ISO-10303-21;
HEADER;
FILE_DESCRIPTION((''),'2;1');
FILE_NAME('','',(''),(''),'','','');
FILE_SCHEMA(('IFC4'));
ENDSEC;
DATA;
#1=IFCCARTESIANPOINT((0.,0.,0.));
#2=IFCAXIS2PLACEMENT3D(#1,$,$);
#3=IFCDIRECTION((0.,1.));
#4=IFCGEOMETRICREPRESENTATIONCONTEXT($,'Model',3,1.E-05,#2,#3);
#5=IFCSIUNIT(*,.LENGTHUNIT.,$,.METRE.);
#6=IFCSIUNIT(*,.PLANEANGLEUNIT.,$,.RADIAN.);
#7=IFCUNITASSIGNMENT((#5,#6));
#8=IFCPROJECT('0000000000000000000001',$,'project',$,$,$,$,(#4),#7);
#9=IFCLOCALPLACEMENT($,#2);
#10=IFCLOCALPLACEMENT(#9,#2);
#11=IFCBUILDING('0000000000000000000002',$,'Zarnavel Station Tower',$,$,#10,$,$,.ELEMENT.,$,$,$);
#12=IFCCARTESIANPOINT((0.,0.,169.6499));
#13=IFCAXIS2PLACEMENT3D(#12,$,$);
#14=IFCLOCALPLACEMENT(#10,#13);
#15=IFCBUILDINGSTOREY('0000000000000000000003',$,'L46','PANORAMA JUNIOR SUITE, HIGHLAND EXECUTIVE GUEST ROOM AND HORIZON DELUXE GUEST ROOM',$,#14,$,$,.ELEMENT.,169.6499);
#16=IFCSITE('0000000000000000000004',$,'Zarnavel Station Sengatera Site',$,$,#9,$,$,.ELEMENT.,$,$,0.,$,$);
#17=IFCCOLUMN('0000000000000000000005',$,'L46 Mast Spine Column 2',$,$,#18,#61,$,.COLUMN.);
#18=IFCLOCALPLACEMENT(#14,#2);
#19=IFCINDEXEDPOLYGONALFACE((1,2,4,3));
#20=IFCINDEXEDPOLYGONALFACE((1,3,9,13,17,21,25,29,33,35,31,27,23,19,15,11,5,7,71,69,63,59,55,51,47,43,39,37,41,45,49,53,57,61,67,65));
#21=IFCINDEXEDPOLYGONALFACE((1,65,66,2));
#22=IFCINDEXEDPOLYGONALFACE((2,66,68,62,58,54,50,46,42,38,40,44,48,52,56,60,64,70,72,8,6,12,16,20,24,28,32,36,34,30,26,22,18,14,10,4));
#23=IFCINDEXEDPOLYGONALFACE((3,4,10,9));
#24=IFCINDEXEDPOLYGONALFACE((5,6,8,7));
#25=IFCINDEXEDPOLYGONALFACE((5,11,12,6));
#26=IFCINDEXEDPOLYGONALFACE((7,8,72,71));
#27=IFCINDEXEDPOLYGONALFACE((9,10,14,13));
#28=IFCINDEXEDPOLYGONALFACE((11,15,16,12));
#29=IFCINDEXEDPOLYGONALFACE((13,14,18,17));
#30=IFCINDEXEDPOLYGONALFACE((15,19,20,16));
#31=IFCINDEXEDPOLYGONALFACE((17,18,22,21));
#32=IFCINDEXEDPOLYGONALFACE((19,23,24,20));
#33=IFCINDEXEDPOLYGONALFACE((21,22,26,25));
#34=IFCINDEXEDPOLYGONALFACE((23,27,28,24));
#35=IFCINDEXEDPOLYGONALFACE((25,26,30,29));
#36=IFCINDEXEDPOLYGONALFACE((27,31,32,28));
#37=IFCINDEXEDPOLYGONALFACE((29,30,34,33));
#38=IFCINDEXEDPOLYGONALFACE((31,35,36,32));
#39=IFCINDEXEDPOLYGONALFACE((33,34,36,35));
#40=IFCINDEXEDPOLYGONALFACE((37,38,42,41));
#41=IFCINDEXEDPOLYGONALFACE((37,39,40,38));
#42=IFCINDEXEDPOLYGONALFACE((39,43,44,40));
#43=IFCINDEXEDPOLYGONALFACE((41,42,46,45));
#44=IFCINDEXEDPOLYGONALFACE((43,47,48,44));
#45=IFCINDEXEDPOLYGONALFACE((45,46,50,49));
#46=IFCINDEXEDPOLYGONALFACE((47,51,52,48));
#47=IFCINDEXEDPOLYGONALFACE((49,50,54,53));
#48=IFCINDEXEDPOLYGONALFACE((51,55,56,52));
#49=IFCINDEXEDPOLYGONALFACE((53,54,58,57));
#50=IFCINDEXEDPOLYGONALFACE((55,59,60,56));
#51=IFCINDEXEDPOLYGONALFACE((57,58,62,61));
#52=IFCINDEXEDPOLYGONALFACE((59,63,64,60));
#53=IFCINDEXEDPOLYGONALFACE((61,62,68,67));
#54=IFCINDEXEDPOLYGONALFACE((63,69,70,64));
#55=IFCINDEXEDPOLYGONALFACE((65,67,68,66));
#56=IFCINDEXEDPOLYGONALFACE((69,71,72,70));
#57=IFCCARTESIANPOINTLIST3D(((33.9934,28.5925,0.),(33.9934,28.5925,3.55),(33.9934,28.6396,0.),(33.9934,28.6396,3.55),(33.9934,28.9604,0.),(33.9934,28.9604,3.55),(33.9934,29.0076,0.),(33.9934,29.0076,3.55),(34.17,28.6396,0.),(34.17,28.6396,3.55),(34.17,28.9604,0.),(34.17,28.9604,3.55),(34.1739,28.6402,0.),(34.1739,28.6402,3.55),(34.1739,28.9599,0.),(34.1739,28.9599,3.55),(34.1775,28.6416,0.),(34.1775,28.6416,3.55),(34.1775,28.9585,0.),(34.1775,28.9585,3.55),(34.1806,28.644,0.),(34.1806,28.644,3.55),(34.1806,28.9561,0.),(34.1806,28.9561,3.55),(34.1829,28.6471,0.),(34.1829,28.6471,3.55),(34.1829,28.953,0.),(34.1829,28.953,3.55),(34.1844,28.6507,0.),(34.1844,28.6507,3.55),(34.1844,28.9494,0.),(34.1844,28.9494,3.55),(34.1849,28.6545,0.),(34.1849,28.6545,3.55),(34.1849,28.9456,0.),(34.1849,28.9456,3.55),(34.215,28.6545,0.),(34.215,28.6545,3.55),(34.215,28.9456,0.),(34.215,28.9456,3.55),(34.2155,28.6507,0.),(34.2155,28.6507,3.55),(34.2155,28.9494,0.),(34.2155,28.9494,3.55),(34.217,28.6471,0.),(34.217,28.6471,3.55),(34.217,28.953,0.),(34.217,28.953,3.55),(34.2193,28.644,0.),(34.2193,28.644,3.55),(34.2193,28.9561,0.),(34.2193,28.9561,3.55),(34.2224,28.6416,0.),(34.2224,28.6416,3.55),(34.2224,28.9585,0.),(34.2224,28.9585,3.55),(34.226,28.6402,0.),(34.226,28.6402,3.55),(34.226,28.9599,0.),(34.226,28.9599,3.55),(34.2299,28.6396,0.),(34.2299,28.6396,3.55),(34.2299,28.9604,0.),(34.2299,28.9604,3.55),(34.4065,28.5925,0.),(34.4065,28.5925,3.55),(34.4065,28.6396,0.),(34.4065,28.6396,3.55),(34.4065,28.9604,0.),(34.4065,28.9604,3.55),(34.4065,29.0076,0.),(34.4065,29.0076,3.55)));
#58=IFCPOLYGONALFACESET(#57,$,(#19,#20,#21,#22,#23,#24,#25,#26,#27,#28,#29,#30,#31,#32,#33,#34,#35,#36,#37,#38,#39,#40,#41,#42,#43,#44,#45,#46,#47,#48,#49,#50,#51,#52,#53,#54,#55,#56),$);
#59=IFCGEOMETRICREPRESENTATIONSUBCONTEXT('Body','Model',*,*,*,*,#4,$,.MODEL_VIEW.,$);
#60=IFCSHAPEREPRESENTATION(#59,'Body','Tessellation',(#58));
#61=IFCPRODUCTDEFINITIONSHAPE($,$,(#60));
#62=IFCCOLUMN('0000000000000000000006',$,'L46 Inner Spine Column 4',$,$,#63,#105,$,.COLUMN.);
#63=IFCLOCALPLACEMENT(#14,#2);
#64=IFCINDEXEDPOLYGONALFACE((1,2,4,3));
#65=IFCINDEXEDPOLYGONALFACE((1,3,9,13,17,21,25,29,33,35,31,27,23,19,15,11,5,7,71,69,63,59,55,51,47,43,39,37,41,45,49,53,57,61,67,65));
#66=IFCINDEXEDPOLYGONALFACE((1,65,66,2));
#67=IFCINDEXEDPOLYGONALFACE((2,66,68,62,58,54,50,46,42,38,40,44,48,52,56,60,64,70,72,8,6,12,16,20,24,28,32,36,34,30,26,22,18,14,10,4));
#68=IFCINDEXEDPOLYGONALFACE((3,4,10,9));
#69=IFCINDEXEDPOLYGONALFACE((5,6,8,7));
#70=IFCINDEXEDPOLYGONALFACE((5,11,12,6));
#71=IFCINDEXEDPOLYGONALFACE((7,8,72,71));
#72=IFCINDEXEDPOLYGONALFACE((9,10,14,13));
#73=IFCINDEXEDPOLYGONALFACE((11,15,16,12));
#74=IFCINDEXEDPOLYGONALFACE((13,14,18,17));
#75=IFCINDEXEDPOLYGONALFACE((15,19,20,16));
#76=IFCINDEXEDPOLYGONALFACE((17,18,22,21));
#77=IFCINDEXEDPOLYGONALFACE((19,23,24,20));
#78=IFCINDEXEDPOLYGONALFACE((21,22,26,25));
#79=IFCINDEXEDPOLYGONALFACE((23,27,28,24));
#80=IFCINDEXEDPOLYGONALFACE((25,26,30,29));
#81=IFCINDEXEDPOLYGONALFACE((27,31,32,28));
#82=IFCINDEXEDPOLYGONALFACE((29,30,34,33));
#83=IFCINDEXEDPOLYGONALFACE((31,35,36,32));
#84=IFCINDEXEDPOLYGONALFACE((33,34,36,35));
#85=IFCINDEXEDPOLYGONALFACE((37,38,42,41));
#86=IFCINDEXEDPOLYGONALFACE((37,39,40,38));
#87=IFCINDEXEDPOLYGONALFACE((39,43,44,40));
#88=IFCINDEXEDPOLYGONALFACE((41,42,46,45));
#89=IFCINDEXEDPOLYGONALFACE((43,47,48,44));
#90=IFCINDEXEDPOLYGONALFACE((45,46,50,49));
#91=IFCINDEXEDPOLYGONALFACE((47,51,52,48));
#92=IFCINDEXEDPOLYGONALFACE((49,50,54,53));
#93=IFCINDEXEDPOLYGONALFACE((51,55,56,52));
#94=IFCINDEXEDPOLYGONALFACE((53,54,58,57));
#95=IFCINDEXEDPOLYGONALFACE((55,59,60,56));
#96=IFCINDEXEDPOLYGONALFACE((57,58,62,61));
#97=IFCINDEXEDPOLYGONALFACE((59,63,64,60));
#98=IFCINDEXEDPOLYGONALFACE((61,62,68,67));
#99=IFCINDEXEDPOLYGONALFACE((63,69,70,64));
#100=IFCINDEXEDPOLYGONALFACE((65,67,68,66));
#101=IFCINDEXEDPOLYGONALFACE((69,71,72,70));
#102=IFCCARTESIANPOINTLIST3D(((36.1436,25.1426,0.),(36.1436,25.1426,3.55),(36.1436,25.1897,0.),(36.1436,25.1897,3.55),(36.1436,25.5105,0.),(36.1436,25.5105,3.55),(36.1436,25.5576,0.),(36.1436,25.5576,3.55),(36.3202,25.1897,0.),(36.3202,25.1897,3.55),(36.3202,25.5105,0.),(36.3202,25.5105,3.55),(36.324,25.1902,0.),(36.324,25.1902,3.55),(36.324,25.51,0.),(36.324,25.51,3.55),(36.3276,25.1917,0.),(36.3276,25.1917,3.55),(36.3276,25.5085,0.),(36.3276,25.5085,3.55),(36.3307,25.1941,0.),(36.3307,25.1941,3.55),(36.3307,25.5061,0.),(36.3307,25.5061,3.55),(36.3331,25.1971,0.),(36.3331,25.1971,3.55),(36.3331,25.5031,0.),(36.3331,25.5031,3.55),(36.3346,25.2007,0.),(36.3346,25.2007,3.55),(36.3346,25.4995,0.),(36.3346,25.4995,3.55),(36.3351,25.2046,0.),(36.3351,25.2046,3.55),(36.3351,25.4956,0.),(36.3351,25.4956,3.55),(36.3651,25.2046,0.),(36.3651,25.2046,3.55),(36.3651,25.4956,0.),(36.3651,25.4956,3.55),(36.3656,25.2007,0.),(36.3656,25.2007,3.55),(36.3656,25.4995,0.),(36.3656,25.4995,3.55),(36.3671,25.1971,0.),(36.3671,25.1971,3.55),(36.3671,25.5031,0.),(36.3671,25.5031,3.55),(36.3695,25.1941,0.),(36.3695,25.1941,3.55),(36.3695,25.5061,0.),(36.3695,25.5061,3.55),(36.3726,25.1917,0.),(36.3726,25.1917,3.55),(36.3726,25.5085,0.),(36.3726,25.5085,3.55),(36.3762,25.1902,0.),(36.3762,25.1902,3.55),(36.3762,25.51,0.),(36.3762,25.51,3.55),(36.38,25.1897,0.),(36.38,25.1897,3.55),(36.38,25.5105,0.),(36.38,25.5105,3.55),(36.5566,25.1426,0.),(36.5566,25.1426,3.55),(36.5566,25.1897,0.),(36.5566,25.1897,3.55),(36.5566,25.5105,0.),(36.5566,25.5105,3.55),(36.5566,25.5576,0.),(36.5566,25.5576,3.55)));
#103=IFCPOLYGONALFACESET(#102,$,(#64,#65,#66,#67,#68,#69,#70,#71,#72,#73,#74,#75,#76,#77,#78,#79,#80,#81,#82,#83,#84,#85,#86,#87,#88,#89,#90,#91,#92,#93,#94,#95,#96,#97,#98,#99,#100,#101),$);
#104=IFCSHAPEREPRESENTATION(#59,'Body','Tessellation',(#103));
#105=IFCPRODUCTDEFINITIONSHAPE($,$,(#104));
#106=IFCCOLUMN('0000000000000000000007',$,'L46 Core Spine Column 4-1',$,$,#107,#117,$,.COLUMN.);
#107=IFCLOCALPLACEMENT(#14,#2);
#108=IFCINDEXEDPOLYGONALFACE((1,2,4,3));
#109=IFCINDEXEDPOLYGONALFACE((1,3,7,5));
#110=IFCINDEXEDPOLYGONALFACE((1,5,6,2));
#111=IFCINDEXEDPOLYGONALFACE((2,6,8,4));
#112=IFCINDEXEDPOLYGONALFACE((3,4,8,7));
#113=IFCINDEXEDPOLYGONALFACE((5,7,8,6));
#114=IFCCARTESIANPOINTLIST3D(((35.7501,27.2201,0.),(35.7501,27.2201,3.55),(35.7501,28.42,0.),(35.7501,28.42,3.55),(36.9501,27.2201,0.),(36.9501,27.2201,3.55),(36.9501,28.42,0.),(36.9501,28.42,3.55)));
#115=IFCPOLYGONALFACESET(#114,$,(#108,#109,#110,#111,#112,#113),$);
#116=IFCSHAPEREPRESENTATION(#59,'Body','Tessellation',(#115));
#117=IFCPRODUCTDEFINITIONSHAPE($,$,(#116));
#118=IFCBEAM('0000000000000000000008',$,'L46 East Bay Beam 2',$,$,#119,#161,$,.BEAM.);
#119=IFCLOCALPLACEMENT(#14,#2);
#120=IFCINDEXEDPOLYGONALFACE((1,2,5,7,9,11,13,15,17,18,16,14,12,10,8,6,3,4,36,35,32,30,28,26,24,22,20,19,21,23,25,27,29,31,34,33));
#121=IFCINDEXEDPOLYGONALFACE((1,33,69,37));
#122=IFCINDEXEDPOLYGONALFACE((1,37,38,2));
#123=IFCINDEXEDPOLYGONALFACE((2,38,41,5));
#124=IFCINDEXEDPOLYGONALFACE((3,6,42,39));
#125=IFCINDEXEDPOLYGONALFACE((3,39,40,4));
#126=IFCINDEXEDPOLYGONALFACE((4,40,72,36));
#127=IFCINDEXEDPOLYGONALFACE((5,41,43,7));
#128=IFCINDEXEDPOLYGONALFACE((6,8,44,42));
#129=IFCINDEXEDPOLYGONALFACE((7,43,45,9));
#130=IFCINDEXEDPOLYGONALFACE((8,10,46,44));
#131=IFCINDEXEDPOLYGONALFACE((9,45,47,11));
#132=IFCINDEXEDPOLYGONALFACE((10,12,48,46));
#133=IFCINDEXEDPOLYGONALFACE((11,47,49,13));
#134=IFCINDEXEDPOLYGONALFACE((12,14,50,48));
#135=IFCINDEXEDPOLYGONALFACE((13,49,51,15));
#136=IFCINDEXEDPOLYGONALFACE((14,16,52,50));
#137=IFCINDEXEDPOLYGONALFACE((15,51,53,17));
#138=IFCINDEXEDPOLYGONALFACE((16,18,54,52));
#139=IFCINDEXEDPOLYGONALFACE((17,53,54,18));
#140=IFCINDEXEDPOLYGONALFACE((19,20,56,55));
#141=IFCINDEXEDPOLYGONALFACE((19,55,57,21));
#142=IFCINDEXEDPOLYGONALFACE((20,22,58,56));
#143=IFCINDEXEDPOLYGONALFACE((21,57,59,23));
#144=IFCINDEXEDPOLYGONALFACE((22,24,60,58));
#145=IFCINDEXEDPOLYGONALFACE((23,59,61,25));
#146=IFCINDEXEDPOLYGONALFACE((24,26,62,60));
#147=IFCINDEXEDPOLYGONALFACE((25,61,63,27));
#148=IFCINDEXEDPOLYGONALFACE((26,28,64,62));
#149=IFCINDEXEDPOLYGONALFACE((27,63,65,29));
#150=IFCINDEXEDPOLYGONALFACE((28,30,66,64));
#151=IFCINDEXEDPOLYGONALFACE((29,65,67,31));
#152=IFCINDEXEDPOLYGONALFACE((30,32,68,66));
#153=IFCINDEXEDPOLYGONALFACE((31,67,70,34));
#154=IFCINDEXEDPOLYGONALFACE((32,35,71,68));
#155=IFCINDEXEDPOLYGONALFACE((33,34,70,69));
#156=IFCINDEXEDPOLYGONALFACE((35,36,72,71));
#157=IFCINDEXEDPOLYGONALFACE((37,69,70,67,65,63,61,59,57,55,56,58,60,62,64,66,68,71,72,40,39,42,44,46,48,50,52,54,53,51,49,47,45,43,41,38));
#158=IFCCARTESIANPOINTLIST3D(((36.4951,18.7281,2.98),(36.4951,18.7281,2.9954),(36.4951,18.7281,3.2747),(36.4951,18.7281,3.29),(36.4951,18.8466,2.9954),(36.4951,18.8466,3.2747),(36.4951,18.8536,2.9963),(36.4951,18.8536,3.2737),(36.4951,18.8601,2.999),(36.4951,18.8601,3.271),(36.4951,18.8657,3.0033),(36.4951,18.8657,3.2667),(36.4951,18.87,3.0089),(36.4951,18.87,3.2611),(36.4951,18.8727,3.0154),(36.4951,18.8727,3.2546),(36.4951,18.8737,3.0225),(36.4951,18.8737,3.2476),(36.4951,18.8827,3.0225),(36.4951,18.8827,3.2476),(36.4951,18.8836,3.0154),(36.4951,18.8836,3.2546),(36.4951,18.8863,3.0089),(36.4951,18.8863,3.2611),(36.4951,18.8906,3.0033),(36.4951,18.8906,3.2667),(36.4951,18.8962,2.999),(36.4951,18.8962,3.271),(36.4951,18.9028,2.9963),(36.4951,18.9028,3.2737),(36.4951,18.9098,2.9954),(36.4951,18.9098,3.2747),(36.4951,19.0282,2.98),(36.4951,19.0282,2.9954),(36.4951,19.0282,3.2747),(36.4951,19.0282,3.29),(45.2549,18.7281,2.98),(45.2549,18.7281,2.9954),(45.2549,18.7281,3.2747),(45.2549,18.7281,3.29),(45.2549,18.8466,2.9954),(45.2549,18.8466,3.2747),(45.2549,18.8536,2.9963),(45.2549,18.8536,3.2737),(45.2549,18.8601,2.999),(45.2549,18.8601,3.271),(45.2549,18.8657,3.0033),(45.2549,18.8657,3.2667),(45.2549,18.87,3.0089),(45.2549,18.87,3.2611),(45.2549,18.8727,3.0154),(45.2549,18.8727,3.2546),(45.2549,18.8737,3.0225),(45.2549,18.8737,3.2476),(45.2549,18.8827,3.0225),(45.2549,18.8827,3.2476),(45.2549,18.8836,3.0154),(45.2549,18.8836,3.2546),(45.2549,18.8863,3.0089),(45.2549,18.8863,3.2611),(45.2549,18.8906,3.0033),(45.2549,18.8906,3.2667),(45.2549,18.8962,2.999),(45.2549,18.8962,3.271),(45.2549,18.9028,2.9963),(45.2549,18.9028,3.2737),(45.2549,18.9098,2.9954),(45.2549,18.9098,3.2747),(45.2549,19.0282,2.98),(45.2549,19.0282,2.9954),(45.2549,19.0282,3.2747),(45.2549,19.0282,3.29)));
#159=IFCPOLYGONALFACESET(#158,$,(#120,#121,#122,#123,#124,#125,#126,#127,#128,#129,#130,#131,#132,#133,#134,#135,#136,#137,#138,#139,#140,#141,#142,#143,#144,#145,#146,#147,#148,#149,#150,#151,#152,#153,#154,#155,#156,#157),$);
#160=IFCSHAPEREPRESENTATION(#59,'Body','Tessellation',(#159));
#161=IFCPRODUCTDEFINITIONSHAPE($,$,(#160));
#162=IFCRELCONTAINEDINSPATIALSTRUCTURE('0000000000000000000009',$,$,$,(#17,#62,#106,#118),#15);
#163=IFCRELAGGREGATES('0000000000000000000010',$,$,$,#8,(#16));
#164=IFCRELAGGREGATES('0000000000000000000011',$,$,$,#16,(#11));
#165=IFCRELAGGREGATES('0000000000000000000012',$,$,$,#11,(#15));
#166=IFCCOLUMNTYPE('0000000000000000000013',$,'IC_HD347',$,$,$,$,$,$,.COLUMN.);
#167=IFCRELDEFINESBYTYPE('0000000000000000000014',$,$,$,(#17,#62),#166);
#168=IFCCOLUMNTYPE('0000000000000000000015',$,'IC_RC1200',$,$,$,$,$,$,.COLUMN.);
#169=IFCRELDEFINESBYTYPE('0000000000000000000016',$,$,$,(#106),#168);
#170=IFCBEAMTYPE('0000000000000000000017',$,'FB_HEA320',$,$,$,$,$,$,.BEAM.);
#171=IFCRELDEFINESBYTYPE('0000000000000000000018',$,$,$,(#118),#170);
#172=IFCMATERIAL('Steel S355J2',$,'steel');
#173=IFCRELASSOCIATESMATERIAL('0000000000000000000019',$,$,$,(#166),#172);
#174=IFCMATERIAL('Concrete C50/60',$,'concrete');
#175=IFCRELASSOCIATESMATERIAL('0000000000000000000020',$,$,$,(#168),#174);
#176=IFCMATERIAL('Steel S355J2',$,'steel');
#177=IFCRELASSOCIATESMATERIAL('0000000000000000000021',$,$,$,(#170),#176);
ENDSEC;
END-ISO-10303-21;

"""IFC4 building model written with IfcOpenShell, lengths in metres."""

from ifc_helpers import new_model, si_unit, direction, frame, origin, origin_2d, place, context, subcontext, project, spatial, rectangle, i_section, extrude, material, material_profile, profile_set, type_object, element, save


model = new_model("IFC4")

# Units and contexts
model_context = context("Model", 3, precision=1e-05, world=origin(), true_north=direction((0.0, 1.0)))
body_context = subcontext(model_context, "Body", "Model", "MODEL_VIEW")
ifc_project = project(units=[si_unit("LENGTHUNIT", "METRE"), si_unit("PLANEANGLEUNIT", "RADIAN")], contexts=[model_context])

# Site, building, storey
site_placement = place(None, origin())
site = spatial("IfcSite", under=ifc_project, at=site_placement, Name="Zarnavel Station Sengatera Site", CompositionType="ELEMENT", RefElevation=0.0)
building_placement = place(site_placement, origin())
building = spatial("IfcBuilding", under=site, at=building_placement, Name="Zarnavel Station Tower", CompositionType="ELEMENT")
storey_placement = place(building_placement, frame((0.0, 0.0, 169.6499)))
storey = spatial("IfcBuildingStorey", under=building, at=storey_placement, Name="L46", Description="PANORAMA JUNIOR SUITE, HIGHLAND EXECUTIVE GUEST ROOM AND HORIZON DELUXE GUEST ROOM", CompositionType="ELEMENT", Elevation=169.6499)

# Columns
ifc_material_1 = material(Name="Steel S355J2", Category="steel")
ifc_material_profile_1 = material_profile(ifc_material_1, i_section(OverallWidth=0.4131, OverallDepth=0.415, WebThickness=0.03, FlangeThickness=0.0471, FilletRadius=0.0149, at=origin_2d()), Name="HD400x347")
ifc_profile_set_1 = profile_set([ifc_material_profile_1], Name="Steel S355J2")
column_type_1 = type_object("IfcColumnType", Name="IC_HD347", PredefinedType="COLUMN", material=ifc_profile_set_1)
for number, where, z_axis, x_axis, name in (
    (1, (34.2, 28.8, 0.0), (0.0, 0.0, 1.0), (1.0, 0.0, 0.0), "L46 Mast Spine Column 2"),
    (2, (36.3501, 25.3501, 0.0), (0.0, 0.0, 1.0), (1.0, 0.0, 0.0), "L46 Inner Spine Column 4"),
):
    element("IfcColumn", number, at=place(storey_placement, frame(where, z_axis=z_axis, x_axis=x_axis)), inside=storey, type_object=column_type_1, Name=name, PredefinedType="COLUMN", context=body_context, shape_type="SweptSolid", body=[
        extrude(i_section(OverallWidth=0.4131, OverallDepth=0.415, WebThickness=0.03, FlangeThickness=0.0471, FilletRadius=0.0149, at=origin_2d()), origin(), (0.0, 0.0, 1.0), 3.55),
    ])
ifc_material_2 = material(Name="Concrete C50/60", Category="concrete")
ifc_material_profile_2 = material_profile(ifc_material_2, rectangle(XDim=1.2, YDim=1.2, at=origin_2d()), Name="RC1200x1200")
ifc_profile_set_2 = profile_set([ifc_material_profile_2], Name="Concrete C50/60")
column_type_2 = type_object("IfcColumnType", Name="IC_RC1200", PredefinedType="COLUMN", material=ifc_profile_set_2)
column_placement = place(storey_placement, frame((36.3501, 27.8201, 0.0), z_axis=(0.0, 0.0, 1.0), x_axis=(1.0, 0.0, 0.0)))
element("IfcColumn", 3, at=column_placement, inside=storey, type_object=column_type_2, Name="L46 Core Spine Column 4-1", PredefinedType="COLUMN", context=body_context, shape_type="SweptSolid", body=[
    extrude(rectangle(XDim=1.2, YDim=1.2, at=origin_2d()), origin(), (0.0, 0.0, 1.0), 3.55),
])

# Beam
ifc_material_3 = material(Name="Steel S355J2", Category="steel")
ifc_material_profile_3 = material_profile(ifc_material_3, i_section(OverallWidth=0.3, OverallDepth=0.3101, WebThickness=0.009, FlangeThickness=0.0154, FilletRadius=0.0271, at=origin_2d()), Name="HEA320")
ifc_profile_set_3 = profile_set([ifc_material_profile_3], Name="Steel S355J2")
beam_type_1 = type_object("IfcBeamType", Name="FB_HEA320", PredefinedType="BEAM", material=ifc_profile_set_3)
beam_1_placement = place(storey_placement, frame((36.4951, 18.8782, 3.135), z_axis=(1.0, 0.0, 0.0), x_axis=(0.0, 1.0, 0.0)))
element("IfcBeam", 4, at=beam_1_placement, inside=storey, type_object=beam_type_1, Name="L46 East Bay Beam 2", PredefinedType="BEAM", context=body_context, shape_type="SweptSolid", body=[
    extrude(i_section(OverallWidth=0.3, OverallDepth=0.3101, WebThickness=0.009, FlangeThickness=0.0154, FilletRadius=0.0271, at=origin_2d()), origin(), (0.0, 0.0, 1.0), 8.7598),
])

save(model, "model.ifc")
